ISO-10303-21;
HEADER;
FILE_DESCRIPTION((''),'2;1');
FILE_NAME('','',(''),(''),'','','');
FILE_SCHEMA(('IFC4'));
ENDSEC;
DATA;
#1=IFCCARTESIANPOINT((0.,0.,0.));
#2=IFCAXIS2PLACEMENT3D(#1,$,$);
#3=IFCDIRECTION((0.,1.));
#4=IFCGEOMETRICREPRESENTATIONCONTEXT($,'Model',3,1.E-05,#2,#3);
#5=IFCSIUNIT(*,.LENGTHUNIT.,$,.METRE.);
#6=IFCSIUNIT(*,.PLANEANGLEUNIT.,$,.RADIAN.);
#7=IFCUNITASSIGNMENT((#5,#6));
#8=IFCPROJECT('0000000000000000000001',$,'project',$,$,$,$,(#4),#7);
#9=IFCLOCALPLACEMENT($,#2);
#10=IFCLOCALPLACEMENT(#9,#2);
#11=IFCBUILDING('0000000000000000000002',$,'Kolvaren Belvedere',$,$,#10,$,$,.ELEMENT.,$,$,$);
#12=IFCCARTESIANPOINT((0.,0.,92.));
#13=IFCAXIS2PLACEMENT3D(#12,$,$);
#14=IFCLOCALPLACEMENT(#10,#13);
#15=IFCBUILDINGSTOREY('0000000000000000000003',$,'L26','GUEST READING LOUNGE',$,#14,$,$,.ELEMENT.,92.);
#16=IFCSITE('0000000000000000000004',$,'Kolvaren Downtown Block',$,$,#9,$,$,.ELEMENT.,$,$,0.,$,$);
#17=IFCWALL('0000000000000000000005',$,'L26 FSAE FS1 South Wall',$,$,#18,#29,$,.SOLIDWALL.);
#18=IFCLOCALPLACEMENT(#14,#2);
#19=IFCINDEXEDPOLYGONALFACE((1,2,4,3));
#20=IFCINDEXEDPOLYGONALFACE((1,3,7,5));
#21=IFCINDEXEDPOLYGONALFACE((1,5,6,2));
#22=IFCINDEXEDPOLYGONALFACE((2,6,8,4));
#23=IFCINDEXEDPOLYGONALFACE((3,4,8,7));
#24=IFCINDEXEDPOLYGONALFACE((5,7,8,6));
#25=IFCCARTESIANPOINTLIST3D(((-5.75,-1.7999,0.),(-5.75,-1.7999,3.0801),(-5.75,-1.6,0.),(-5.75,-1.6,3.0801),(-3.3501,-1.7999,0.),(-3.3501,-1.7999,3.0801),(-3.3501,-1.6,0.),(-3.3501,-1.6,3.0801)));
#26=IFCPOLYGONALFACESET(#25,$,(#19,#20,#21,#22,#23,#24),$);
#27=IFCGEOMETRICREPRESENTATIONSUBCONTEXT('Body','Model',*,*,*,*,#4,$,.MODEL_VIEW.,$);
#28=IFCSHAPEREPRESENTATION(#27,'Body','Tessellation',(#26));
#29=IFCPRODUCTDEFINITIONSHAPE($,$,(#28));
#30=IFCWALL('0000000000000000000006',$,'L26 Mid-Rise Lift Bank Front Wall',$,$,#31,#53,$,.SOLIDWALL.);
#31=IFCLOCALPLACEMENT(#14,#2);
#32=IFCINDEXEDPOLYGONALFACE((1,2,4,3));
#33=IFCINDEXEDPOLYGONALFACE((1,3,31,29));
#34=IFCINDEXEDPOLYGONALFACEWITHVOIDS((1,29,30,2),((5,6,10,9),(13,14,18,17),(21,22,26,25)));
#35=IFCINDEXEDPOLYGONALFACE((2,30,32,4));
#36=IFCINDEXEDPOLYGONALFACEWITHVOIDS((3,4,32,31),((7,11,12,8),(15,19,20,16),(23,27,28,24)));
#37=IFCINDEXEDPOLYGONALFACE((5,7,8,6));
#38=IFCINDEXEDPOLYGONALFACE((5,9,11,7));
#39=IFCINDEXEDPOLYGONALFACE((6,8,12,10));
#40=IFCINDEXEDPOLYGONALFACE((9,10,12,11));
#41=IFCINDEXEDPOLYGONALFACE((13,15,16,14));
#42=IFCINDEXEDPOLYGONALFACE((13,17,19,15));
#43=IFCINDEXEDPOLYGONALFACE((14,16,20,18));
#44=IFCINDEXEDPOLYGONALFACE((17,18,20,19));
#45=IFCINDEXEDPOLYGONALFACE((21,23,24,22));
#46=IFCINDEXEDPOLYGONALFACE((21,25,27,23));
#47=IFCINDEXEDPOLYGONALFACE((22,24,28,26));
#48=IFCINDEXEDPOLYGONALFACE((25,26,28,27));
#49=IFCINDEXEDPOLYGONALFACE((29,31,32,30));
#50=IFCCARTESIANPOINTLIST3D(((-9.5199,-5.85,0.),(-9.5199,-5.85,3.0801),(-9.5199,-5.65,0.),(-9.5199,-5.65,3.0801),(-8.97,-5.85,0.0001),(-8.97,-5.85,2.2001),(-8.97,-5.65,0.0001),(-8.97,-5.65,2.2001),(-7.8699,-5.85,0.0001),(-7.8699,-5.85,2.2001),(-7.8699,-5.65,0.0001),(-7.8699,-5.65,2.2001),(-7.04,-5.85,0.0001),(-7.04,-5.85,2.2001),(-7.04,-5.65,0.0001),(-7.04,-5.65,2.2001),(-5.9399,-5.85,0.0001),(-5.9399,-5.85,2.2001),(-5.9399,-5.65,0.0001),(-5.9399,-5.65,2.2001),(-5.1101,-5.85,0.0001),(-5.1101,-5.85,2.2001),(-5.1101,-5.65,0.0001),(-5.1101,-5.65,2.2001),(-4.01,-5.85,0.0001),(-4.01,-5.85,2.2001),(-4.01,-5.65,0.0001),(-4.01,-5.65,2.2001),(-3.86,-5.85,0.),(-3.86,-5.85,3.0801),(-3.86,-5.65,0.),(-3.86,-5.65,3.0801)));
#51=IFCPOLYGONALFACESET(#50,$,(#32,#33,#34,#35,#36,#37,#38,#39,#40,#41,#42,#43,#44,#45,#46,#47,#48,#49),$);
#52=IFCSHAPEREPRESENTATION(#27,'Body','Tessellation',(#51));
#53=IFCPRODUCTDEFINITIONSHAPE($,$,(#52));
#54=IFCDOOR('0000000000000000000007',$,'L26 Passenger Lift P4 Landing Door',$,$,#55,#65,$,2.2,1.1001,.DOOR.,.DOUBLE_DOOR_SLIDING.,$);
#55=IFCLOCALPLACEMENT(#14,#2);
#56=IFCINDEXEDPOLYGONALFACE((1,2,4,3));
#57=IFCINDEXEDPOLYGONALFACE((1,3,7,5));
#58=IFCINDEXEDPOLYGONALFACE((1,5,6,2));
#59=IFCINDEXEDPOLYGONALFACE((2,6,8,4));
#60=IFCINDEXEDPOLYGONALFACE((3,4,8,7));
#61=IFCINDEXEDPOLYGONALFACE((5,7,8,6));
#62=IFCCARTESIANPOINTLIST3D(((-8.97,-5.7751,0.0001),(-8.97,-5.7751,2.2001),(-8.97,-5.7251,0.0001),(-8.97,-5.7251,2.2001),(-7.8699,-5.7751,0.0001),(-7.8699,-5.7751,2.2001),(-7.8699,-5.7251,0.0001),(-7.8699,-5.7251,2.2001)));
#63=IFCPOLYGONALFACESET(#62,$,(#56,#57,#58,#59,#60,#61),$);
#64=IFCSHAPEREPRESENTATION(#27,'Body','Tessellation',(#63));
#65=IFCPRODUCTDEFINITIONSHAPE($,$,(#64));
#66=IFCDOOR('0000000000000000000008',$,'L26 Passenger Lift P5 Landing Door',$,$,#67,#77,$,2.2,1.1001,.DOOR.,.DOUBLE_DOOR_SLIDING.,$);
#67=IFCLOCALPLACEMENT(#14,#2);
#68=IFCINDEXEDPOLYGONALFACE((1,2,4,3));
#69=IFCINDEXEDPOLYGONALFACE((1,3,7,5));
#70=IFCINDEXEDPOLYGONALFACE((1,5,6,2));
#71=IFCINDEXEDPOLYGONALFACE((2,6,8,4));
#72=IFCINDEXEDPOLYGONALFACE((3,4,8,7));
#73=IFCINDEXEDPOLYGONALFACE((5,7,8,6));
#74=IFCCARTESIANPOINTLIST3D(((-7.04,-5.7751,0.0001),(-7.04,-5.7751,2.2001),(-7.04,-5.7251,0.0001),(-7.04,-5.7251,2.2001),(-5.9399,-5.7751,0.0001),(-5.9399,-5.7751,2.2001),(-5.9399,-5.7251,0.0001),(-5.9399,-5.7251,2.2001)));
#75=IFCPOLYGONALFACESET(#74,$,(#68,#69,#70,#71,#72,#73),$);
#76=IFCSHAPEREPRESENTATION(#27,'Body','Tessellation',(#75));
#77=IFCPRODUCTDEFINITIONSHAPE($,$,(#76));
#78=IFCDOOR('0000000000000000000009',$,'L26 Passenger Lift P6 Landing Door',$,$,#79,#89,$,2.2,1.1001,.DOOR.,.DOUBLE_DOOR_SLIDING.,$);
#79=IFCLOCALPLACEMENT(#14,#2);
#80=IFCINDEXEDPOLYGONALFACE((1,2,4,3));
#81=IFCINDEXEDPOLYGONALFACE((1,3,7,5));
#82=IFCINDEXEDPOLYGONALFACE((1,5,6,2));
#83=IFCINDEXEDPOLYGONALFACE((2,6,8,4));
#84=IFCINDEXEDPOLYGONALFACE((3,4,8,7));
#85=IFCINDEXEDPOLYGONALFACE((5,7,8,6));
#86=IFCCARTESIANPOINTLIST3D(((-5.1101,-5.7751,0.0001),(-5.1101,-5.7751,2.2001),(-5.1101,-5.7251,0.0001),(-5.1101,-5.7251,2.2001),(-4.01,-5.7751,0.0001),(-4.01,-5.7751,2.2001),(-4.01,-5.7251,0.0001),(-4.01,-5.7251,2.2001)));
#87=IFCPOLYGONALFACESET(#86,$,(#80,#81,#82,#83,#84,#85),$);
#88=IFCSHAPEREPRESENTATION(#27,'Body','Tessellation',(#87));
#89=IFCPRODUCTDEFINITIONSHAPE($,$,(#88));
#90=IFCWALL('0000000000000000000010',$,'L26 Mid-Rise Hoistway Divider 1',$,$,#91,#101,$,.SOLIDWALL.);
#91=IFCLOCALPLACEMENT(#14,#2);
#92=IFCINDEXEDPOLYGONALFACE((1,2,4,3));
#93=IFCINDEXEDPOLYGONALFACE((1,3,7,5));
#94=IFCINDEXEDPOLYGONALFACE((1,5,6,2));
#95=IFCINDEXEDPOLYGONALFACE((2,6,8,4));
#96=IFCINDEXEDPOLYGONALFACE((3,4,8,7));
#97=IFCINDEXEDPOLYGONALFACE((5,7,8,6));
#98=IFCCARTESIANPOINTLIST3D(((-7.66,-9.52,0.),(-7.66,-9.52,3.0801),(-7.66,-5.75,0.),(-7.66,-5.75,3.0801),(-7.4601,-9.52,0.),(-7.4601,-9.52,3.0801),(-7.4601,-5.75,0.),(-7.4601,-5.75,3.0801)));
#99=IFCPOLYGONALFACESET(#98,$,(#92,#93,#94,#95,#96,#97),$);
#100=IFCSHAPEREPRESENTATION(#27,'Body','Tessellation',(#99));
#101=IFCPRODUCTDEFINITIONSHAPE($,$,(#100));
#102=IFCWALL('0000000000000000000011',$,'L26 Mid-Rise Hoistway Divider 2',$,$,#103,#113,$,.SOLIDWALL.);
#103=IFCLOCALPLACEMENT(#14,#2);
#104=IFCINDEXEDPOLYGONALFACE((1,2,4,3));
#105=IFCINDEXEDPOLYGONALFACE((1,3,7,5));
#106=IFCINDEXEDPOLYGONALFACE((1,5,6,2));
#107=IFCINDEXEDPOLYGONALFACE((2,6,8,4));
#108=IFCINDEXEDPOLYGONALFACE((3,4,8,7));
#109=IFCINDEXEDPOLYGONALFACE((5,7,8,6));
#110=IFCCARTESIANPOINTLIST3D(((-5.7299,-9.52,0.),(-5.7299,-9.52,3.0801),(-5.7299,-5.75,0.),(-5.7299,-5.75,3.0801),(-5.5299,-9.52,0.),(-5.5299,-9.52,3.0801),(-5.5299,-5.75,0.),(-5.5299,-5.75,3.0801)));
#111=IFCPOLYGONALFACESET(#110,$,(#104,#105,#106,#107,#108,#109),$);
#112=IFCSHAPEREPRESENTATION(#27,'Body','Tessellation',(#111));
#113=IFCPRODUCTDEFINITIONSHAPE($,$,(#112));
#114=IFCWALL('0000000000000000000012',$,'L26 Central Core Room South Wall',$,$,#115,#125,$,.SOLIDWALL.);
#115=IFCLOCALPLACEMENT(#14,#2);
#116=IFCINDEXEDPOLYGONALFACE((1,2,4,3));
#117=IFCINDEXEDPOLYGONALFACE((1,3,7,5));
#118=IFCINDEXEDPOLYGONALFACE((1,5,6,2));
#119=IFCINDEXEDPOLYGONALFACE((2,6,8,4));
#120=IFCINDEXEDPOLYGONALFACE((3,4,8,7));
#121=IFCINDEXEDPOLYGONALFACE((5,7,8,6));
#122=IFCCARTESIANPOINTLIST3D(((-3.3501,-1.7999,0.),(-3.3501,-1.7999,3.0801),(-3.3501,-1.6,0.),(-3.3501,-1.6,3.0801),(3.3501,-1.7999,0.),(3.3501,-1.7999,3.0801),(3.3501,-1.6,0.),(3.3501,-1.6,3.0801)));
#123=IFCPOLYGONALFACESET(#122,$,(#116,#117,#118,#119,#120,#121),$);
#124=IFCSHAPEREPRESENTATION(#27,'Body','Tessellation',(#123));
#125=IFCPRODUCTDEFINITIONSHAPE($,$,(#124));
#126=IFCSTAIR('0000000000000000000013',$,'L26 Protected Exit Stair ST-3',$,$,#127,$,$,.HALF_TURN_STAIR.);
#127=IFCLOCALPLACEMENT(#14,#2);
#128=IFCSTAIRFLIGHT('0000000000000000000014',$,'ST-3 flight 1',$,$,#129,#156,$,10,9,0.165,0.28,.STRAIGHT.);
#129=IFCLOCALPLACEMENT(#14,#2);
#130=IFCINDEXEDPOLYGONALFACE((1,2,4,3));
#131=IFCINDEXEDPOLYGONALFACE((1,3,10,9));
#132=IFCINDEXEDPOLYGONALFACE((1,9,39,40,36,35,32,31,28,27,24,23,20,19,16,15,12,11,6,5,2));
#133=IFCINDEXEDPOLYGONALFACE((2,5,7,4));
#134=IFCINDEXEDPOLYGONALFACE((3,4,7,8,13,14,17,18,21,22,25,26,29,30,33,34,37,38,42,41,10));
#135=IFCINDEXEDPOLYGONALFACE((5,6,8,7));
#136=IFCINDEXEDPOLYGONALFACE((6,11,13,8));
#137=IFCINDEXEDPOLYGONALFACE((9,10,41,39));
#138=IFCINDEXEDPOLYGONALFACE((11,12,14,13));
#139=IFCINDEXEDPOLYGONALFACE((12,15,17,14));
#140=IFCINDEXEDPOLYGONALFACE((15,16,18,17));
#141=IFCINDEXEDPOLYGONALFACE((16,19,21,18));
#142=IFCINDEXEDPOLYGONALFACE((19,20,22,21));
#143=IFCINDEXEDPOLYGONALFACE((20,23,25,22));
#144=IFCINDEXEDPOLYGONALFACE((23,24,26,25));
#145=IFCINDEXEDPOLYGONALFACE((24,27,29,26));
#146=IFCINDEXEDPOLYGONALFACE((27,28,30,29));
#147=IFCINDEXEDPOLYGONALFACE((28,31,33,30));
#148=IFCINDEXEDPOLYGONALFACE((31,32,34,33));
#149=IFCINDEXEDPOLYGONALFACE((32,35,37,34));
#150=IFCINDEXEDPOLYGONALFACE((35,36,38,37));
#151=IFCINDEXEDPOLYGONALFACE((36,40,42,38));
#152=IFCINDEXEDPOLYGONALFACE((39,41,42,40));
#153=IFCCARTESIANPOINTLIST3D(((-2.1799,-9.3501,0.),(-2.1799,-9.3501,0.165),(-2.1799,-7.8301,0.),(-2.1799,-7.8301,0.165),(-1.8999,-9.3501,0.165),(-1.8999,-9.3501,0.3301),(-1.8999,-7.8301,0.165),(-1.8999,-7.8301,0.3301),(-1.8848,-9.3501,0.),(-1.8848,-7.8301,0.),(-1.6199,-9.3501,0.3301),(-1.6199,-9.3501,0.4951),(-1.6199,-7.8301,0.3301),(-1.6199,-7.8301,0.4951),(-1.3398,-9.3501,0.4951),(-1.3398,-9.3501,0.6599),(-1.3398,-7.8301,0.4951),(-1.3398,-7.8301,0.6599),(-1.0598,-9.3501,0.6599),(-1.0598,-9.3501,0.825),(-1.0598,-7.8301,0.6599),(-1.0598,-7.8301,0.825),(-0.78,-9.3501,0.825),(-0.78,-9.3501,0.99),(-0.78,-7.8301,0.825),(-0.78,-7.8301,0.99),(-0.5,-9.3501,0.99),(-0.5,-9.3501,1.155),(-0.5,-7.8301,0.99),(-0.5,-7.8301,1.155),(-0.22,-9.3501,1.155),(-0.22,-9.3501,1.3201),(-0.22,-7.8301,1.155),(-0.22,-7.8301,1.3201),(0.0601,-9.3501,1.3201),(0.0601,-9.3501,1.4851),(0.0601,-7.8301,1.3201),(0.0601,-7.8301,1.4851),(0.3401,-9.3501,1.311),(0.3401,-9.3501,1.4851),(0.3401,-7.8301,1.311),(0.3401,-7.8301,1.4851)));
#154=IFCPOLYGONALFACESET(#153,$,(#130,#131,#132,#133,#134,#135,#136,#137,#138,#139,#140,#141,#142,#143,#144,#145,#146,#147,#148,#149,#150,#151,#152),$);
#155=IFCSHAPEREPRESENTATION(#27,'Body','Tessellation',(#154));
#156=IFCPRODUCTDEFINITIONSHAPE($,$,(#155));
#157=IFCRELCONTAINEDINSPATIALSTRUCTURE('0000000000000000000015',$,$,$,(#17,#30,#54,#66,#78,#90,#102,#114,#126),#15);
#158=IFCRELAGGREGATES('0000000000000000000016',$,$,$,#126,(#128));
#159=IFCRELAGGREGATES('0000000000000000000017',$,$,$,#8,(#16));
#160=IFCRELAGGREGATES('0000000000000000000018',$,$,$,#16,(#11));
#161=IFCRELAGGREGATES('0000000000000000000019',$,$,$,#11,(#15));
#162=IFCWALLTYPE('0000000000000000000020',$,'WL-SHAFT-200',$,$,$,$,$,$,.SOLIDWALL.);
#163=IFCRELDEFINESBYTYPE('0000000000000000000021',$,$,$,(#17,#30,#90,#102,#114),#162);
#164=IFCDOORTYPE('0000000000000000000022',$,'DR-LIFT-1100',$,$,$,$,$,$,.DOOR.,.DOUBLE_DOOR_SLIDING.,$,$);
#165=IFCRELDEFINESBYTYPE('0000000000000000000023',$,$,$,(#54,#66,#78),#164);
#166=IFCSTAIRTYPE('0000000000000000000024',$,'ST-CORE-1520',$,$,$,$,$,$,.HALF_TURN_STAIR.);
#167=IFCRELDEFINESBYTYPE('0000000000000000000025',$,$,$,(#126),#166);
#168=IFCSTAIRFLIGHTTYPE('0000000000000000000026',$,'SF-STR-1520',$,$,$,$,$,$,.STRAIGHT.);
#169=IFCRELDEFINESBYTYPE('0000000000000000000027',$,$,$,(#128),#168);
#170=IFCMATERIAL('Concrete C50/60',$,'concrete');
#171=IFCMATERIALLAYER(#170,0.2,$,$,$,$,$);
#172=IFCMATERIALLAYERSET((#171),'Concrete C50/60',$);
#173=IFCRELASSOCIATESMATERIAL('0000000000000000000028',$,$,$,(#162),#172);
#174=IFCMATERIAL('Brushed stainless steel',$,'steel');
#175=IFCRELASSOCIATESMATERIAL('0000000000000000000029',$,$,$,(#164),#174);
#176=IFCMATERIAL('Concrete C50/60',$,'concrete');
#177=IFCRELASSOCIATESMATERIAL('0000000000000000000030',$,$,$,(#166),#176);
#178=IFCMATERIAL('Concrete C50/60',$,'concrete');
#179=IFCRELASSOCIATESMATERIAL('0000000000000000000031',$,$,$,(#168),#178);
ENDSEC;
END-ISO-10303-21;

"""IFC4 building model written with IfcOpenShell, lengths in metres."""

from ifc_helpers import new_model, si_unit, direction, frame, frame_2d, origin, place, context, subcontext, project, spatial, polyline, rectangle, outline, extrude, material, layer, layer_set, type_object, element, fill, aggregate, save


model = new_model("IFC4")

# Units and contexts
model_context = context("Model", 3, precision=1e-05, world=origin(), true_north=direction((0.0, 1.0)))
body_context = subcontext(model_context, "Body", "Model", "MODEL_VIEW")
ifc_project = project(units=[si_unit("LENGTHUNIT", "METRE"), si_unit("PLANEANGLEUNIT", "RADIAN")], contexts=[model_context])

# Site, building, storey
site_placement = place(None, origin())
site = spatial("IfcSite", under=ifc_project, at=site_placement, Name="Kolvaren Downtown Block", CompositionType="ELEMENT", RefElevation=0.0)
building_placement = place(site_placement, origin())
building = spatial("IfcBuilding", under=site, at=building_placement, Name="Kolvaren Belvedere", CompositionType="ELEMENT")
storey_placement = place(building_placement, frame((0.0, 0.0, 92.0)))
storey = spatial("IfcBuildingStorey", under=building, at=storey_placement, Name="L26", Description="GUEST READING LOUNGE", CompositionType="ELEMENT", Elevation=92.0)

# Shared definitions
ifc_material_1 = material(Name="Concrete C50/60", Category="concrete")
ifc_layer_1 = layer(ifc_material_1, 0.2)
ifc_layer_set_1 = layer_set([ifc_layer_1], Name="Concrete C50/60")
wall_type_1 = type_object("IfcWallType", Name="WL-SHAFT-200", PredefinedType="SOLIDWALL", material=ifc_layer_set_1)
ifc_material_2 = material(Name="Brushed stainless steel", Category="steel")
door_type_1 = type_object("IfcDoorType", Name="DR-LIFT-1100", OperationType="DOUBLE_DOOR_SLIDING", PredefinedType="DOOR", material=ifc_material_2)

# Wall
wall_1_placement = place(storey_placement, frame((-5.75, -1.7, 0.0), z_axis=(0.0, 0.0, 1.0), x_axis=(1.0, 0.0, 0.0)))
element("IfcWall", 1, at=wall_1_placement, inside=storey, type_object=wall_type_1, Name="L26 FSAE FS1 South Wall", PredefinedType="SOLIDWALL", context=body_context, shape_type="SweptSolid", body=[
    extrude(rectangle(XDim=2.3999, YDim=0.2, at=frame_2d((1.2, 0.0))), origin(), (0.0, 0.0, 1.0), 3.0801),
])

# Wall, openings, doors
wall_2_placement = place(storey_placement, frame((-9.52, -5.75, 0.0), z_axis=(0.0, 0.0, 1.0), x_axis=(1.0, 0.0, 0.0)))
wall_2 = element("IfcWall", 2, at=wall_2_placement, inside=storey, type_object=wall_type_1, Name="L26 Mid-Rise Lift Bank Front Wall", PredefinedType="SOLIDWALL", context=body_context, shape_type="SweptSolid", body=[
    extrude(rectangle(XDim=5.6599, YDim=0.2, at=frame_2d((2.8301, 0.0))), origin(), (0.0, 0.0, 1.0), 3.0801),
])
opening_1_placement = place(wall_2_placement, frame((0.55, 0.0, 0.0)))
opening_1 = element("IfcOpeningElement", 3, at=opening_1_placement, cuts=wall_2, PredefinedType="OPENING", context=body_context, shape_type="SweptSolid", body=[
    extrude(rectangle(XDim=1.1001, YDim=2.2, at=frame_2d((0.55, 1.1001))), frame((0.0, 0.1099, 0.0), z_axis=(0.0, -1.0, 0.0), x_axis=(1.0, 0.0, 0.0)), (0.0, 0.0, 1.0), 0.22),
])
opening_2_placement = place(wall_2_placement, frame((2.48, 0.0, 0.0)))
opening_2 = element("IfcOpeningElement", 4, at=opening_2_placement, cuts=wall_2, PredefinedType="OPENING", context=body_context, shape_type="SweptSolid", body=[
    extrude(rectangle(XDim=1.1001, YDim=2.2, at=frame_2d((0.55, 1.1001))), frame((0.0, 0.1099, 0.0), z_axis=(0.0, -1.0, 0.0), x_axis=(1.0, 0.0, 0.0)), (0.0, 0.0, 1.0), 0.22),
])
opening_3_placement = place(wall_2_placement, frame((4.4099, 0.0, 0.0)))
opening_3 = element("IfcOpeningElement", 5, at=opening_3_placement, cuts=wall_2, PredefinedType="OPENING", context=body_context, shape_type="SweptSolid", body=[
    extrude(rectangle(XDim=1.1001, YDim=2.2, at=frame_2d((0.55, 1.1001))), frame((0.0, 0.1099, 0.0), z_axis=(0.0, -1.0, 0.0), x_axis=(1.0, 0.0, 0.0)), (0.0, 0.0, 1.0), 0.22),
])
door_1_placement = place(opening_1_placement, origin())
door_1 = element("IfcDoor", 6, at=door_1_placement, inside=storey, type_object=door_type_1, Name="L26 Passenger Lift P4 Landing Door", OperationType="DOUBLE_DOOR_SLIDING", OverallHeight=2.2, OverallWidth=1.1001, PredefinedType="DOOR", context=body_context, shape_type="SweptSolid", body=[
    extrude(rectangle(XDim=1.1001, YDim=2.2, at=frame_2d((0.55, 1.1001))), frame((0.0, 0.0249, 0.0), z_axis=(0.0, -1.0, 0.0), x_axis=(1.0, 0.0, 0.0)), (0.0, 0.0, 1.0), 0.05),
])
fill(opening_1, door_1)
door_2_placement = place(opening_2_placement, origin())
door_2 = element("IfcDoor", 7, at=door_2_placement, inside=storey, type_object=door_type_1, Name="L26 Passenger Lift P5 Landing Door", OperationType="DOUBLE_DOOR_SLIDING", OverallHeight=2.2, OverallWidth=1.1001, PredefinedType="DOOR", context=body_context, shape_type="SweptSolid", body=[
    extrude(rectangle(XDim=1.1001, YDim=2.2, at=frame_2d((0.55, 1.1001))), frame((0.0, 0.0249, 0.0), z_axis=(0.0, -1.0, 0.0), x_axis=(1.0, 0.0, 0.0)), (0.0, 0.0, 1.0), 0.05),
])
fill(opening_2, door_2)
door_3_placement = place(opening_3_placement, origin())
door_3 = element("IfcDoor", 8, at=door_3_placement, inside=storey, type_object=door_type_1, Name="L26 Passenger Lift P6 Landing Door", OperationType="DOUBLE_DOOR_SLIDING", OverallHeight=2.2, OverallWidth=1.1001, PredefinedType="DOOR", context=body_context, shape_type="SweptSolid", body=[
    extrude(rectangle(XDim=1.1001, YDim=2.2, at=frame_2d((0.55, 1.1001))), frame((0.0, 0.0249, 0.0), z_axis=(0.0, -1.0, 0.0), x_axis=(1.0, 0.0, 0.0)), (0.0, 0.0, 1.0), 0.05),
])
fill(opening_3, door_3)

# Walls
for number, where, z_axis, x_axis, name in (
    (9, (-7.5601, -9.52, 0.0), (0.0, 0.0, 1.0), (0.0, 1.0, 0.0), "L26 Mid-Rise Hoistway Divider 1"),
    (10, (-5.6299, -9.52, 0.0), (0.0, 0.0, 1.0), (0.0, 1.0, 0.0), "L26 Mid-Rise Hoistway Divider 2"),
):
    element("IfcWall", number, at=place(storey_placement, frame(where, z_axis=z_axis, x_axis=x_axis)), inside=storey, type_object=wall_type_1, Name=name, PredefinedType="SOLIDWALL", context=body_context, shape_type="SweptSolid", body=[
        extrude(rectangle(XDim=3.77, YDim=0.2, at=frame_2d((1.885, 0.0))), origin(), (0.0, 0.0, 1.0), 3.0801),
    ])
wall_3_placement = place(storey_placement, frame((-3.3501, -1.7, 0.0), z_axis=(0.0, 0.0, 1.0), x_axis=(1.0, 0.0, 0.0)))
element("IfcWall", 11, at=wall_3_placement, inside=storey, type_object=wall_type_1, Name="L26 Central Core Room South Wall", PredefinedType="SOLIDWALL", context=body_context, shape_type="SweptSolid", body=[
    extrude(rectangle(XDim=6.7002, YDim=0.2, at=frame_2d((3.3501, 0.0))), origin(), (0.0, 0.0, 1.0), 3.0801),
])

# Stair, stair flight
ifc_material_3 = material(Name="Concrete C50/60", Category="concrete")
stair_type = type_object("IfcStairType", Name="ST-CORE-1520", PredefinedType="HALF_TURN_STAIR", material=ifc_material_3)
stair_placement = place(storey_placement, origin())
stair = element("IfcStair", 12, at=stair_placement, inside=storey, type_object=stair_type, Name="L26 Protected Exit Stair ST-3", PredefinedType="HALF_TURN_STAIR")
ifc_material_4 = material(Name="Concrete C50/60", Category="concrete")
stair_flight_type = type_object("IfcStairFlightType", Name="SF-STR-1520", PredefinedType="STRAIGHT", material=ifc_material_4)
stair_flight_placement = place(storey_placement, frame((-2.1799, -8.5901, 0.0), z_axis=(0.0, 0.0, 1.0), x_axis=(1.0, 0.0, 0.0)))
stair_flight = element("IfcStairFlight", 13, at=stair_flight_placement, type_object=stair_flight_type, Name="ST-3 flight 1", NumberOfRisers=10, NumberOfTreads=9, PredefinedType="STRAIGHT", RiserHeight=0.165, TreadLength=0.28, context=body_context, shape_type="SweptSolid", body=[
    extrude(outline(polyline([(0.0, 0.0), (0.0, 0.165), (0.28, 0.165), (0.28, 0.3301), (0.5601, 0.3301), (0.5601, 0.4951), (0.8401, 0.4951), (0.8401, 0.6599), (1.1201, 0.6599), (1.1201, 0.825), (1.3999, 0.825), (1.3999, 0.99), (1.6799, 0.99), (1.6799, 1.155), (1.96, 1.155), (1.96, 1.3201), (2.24, 1.3201), (2.24, 1.4851), (2.52, 1.4851), (2.52, 1.6499), (2.52, 1.311), (0.2952, 0.0), (0.0, 0.0)])), frame((0.0, 0.76, 0.0), z_axis=(0.0, -1.0, 0.0), x_axis=(1.0, 0.0, 0.0)), (0.0, 0.0, 1.0), 1.52),
])
aggregate(stair, [stair_flight])

save(model, "model.ifc")
